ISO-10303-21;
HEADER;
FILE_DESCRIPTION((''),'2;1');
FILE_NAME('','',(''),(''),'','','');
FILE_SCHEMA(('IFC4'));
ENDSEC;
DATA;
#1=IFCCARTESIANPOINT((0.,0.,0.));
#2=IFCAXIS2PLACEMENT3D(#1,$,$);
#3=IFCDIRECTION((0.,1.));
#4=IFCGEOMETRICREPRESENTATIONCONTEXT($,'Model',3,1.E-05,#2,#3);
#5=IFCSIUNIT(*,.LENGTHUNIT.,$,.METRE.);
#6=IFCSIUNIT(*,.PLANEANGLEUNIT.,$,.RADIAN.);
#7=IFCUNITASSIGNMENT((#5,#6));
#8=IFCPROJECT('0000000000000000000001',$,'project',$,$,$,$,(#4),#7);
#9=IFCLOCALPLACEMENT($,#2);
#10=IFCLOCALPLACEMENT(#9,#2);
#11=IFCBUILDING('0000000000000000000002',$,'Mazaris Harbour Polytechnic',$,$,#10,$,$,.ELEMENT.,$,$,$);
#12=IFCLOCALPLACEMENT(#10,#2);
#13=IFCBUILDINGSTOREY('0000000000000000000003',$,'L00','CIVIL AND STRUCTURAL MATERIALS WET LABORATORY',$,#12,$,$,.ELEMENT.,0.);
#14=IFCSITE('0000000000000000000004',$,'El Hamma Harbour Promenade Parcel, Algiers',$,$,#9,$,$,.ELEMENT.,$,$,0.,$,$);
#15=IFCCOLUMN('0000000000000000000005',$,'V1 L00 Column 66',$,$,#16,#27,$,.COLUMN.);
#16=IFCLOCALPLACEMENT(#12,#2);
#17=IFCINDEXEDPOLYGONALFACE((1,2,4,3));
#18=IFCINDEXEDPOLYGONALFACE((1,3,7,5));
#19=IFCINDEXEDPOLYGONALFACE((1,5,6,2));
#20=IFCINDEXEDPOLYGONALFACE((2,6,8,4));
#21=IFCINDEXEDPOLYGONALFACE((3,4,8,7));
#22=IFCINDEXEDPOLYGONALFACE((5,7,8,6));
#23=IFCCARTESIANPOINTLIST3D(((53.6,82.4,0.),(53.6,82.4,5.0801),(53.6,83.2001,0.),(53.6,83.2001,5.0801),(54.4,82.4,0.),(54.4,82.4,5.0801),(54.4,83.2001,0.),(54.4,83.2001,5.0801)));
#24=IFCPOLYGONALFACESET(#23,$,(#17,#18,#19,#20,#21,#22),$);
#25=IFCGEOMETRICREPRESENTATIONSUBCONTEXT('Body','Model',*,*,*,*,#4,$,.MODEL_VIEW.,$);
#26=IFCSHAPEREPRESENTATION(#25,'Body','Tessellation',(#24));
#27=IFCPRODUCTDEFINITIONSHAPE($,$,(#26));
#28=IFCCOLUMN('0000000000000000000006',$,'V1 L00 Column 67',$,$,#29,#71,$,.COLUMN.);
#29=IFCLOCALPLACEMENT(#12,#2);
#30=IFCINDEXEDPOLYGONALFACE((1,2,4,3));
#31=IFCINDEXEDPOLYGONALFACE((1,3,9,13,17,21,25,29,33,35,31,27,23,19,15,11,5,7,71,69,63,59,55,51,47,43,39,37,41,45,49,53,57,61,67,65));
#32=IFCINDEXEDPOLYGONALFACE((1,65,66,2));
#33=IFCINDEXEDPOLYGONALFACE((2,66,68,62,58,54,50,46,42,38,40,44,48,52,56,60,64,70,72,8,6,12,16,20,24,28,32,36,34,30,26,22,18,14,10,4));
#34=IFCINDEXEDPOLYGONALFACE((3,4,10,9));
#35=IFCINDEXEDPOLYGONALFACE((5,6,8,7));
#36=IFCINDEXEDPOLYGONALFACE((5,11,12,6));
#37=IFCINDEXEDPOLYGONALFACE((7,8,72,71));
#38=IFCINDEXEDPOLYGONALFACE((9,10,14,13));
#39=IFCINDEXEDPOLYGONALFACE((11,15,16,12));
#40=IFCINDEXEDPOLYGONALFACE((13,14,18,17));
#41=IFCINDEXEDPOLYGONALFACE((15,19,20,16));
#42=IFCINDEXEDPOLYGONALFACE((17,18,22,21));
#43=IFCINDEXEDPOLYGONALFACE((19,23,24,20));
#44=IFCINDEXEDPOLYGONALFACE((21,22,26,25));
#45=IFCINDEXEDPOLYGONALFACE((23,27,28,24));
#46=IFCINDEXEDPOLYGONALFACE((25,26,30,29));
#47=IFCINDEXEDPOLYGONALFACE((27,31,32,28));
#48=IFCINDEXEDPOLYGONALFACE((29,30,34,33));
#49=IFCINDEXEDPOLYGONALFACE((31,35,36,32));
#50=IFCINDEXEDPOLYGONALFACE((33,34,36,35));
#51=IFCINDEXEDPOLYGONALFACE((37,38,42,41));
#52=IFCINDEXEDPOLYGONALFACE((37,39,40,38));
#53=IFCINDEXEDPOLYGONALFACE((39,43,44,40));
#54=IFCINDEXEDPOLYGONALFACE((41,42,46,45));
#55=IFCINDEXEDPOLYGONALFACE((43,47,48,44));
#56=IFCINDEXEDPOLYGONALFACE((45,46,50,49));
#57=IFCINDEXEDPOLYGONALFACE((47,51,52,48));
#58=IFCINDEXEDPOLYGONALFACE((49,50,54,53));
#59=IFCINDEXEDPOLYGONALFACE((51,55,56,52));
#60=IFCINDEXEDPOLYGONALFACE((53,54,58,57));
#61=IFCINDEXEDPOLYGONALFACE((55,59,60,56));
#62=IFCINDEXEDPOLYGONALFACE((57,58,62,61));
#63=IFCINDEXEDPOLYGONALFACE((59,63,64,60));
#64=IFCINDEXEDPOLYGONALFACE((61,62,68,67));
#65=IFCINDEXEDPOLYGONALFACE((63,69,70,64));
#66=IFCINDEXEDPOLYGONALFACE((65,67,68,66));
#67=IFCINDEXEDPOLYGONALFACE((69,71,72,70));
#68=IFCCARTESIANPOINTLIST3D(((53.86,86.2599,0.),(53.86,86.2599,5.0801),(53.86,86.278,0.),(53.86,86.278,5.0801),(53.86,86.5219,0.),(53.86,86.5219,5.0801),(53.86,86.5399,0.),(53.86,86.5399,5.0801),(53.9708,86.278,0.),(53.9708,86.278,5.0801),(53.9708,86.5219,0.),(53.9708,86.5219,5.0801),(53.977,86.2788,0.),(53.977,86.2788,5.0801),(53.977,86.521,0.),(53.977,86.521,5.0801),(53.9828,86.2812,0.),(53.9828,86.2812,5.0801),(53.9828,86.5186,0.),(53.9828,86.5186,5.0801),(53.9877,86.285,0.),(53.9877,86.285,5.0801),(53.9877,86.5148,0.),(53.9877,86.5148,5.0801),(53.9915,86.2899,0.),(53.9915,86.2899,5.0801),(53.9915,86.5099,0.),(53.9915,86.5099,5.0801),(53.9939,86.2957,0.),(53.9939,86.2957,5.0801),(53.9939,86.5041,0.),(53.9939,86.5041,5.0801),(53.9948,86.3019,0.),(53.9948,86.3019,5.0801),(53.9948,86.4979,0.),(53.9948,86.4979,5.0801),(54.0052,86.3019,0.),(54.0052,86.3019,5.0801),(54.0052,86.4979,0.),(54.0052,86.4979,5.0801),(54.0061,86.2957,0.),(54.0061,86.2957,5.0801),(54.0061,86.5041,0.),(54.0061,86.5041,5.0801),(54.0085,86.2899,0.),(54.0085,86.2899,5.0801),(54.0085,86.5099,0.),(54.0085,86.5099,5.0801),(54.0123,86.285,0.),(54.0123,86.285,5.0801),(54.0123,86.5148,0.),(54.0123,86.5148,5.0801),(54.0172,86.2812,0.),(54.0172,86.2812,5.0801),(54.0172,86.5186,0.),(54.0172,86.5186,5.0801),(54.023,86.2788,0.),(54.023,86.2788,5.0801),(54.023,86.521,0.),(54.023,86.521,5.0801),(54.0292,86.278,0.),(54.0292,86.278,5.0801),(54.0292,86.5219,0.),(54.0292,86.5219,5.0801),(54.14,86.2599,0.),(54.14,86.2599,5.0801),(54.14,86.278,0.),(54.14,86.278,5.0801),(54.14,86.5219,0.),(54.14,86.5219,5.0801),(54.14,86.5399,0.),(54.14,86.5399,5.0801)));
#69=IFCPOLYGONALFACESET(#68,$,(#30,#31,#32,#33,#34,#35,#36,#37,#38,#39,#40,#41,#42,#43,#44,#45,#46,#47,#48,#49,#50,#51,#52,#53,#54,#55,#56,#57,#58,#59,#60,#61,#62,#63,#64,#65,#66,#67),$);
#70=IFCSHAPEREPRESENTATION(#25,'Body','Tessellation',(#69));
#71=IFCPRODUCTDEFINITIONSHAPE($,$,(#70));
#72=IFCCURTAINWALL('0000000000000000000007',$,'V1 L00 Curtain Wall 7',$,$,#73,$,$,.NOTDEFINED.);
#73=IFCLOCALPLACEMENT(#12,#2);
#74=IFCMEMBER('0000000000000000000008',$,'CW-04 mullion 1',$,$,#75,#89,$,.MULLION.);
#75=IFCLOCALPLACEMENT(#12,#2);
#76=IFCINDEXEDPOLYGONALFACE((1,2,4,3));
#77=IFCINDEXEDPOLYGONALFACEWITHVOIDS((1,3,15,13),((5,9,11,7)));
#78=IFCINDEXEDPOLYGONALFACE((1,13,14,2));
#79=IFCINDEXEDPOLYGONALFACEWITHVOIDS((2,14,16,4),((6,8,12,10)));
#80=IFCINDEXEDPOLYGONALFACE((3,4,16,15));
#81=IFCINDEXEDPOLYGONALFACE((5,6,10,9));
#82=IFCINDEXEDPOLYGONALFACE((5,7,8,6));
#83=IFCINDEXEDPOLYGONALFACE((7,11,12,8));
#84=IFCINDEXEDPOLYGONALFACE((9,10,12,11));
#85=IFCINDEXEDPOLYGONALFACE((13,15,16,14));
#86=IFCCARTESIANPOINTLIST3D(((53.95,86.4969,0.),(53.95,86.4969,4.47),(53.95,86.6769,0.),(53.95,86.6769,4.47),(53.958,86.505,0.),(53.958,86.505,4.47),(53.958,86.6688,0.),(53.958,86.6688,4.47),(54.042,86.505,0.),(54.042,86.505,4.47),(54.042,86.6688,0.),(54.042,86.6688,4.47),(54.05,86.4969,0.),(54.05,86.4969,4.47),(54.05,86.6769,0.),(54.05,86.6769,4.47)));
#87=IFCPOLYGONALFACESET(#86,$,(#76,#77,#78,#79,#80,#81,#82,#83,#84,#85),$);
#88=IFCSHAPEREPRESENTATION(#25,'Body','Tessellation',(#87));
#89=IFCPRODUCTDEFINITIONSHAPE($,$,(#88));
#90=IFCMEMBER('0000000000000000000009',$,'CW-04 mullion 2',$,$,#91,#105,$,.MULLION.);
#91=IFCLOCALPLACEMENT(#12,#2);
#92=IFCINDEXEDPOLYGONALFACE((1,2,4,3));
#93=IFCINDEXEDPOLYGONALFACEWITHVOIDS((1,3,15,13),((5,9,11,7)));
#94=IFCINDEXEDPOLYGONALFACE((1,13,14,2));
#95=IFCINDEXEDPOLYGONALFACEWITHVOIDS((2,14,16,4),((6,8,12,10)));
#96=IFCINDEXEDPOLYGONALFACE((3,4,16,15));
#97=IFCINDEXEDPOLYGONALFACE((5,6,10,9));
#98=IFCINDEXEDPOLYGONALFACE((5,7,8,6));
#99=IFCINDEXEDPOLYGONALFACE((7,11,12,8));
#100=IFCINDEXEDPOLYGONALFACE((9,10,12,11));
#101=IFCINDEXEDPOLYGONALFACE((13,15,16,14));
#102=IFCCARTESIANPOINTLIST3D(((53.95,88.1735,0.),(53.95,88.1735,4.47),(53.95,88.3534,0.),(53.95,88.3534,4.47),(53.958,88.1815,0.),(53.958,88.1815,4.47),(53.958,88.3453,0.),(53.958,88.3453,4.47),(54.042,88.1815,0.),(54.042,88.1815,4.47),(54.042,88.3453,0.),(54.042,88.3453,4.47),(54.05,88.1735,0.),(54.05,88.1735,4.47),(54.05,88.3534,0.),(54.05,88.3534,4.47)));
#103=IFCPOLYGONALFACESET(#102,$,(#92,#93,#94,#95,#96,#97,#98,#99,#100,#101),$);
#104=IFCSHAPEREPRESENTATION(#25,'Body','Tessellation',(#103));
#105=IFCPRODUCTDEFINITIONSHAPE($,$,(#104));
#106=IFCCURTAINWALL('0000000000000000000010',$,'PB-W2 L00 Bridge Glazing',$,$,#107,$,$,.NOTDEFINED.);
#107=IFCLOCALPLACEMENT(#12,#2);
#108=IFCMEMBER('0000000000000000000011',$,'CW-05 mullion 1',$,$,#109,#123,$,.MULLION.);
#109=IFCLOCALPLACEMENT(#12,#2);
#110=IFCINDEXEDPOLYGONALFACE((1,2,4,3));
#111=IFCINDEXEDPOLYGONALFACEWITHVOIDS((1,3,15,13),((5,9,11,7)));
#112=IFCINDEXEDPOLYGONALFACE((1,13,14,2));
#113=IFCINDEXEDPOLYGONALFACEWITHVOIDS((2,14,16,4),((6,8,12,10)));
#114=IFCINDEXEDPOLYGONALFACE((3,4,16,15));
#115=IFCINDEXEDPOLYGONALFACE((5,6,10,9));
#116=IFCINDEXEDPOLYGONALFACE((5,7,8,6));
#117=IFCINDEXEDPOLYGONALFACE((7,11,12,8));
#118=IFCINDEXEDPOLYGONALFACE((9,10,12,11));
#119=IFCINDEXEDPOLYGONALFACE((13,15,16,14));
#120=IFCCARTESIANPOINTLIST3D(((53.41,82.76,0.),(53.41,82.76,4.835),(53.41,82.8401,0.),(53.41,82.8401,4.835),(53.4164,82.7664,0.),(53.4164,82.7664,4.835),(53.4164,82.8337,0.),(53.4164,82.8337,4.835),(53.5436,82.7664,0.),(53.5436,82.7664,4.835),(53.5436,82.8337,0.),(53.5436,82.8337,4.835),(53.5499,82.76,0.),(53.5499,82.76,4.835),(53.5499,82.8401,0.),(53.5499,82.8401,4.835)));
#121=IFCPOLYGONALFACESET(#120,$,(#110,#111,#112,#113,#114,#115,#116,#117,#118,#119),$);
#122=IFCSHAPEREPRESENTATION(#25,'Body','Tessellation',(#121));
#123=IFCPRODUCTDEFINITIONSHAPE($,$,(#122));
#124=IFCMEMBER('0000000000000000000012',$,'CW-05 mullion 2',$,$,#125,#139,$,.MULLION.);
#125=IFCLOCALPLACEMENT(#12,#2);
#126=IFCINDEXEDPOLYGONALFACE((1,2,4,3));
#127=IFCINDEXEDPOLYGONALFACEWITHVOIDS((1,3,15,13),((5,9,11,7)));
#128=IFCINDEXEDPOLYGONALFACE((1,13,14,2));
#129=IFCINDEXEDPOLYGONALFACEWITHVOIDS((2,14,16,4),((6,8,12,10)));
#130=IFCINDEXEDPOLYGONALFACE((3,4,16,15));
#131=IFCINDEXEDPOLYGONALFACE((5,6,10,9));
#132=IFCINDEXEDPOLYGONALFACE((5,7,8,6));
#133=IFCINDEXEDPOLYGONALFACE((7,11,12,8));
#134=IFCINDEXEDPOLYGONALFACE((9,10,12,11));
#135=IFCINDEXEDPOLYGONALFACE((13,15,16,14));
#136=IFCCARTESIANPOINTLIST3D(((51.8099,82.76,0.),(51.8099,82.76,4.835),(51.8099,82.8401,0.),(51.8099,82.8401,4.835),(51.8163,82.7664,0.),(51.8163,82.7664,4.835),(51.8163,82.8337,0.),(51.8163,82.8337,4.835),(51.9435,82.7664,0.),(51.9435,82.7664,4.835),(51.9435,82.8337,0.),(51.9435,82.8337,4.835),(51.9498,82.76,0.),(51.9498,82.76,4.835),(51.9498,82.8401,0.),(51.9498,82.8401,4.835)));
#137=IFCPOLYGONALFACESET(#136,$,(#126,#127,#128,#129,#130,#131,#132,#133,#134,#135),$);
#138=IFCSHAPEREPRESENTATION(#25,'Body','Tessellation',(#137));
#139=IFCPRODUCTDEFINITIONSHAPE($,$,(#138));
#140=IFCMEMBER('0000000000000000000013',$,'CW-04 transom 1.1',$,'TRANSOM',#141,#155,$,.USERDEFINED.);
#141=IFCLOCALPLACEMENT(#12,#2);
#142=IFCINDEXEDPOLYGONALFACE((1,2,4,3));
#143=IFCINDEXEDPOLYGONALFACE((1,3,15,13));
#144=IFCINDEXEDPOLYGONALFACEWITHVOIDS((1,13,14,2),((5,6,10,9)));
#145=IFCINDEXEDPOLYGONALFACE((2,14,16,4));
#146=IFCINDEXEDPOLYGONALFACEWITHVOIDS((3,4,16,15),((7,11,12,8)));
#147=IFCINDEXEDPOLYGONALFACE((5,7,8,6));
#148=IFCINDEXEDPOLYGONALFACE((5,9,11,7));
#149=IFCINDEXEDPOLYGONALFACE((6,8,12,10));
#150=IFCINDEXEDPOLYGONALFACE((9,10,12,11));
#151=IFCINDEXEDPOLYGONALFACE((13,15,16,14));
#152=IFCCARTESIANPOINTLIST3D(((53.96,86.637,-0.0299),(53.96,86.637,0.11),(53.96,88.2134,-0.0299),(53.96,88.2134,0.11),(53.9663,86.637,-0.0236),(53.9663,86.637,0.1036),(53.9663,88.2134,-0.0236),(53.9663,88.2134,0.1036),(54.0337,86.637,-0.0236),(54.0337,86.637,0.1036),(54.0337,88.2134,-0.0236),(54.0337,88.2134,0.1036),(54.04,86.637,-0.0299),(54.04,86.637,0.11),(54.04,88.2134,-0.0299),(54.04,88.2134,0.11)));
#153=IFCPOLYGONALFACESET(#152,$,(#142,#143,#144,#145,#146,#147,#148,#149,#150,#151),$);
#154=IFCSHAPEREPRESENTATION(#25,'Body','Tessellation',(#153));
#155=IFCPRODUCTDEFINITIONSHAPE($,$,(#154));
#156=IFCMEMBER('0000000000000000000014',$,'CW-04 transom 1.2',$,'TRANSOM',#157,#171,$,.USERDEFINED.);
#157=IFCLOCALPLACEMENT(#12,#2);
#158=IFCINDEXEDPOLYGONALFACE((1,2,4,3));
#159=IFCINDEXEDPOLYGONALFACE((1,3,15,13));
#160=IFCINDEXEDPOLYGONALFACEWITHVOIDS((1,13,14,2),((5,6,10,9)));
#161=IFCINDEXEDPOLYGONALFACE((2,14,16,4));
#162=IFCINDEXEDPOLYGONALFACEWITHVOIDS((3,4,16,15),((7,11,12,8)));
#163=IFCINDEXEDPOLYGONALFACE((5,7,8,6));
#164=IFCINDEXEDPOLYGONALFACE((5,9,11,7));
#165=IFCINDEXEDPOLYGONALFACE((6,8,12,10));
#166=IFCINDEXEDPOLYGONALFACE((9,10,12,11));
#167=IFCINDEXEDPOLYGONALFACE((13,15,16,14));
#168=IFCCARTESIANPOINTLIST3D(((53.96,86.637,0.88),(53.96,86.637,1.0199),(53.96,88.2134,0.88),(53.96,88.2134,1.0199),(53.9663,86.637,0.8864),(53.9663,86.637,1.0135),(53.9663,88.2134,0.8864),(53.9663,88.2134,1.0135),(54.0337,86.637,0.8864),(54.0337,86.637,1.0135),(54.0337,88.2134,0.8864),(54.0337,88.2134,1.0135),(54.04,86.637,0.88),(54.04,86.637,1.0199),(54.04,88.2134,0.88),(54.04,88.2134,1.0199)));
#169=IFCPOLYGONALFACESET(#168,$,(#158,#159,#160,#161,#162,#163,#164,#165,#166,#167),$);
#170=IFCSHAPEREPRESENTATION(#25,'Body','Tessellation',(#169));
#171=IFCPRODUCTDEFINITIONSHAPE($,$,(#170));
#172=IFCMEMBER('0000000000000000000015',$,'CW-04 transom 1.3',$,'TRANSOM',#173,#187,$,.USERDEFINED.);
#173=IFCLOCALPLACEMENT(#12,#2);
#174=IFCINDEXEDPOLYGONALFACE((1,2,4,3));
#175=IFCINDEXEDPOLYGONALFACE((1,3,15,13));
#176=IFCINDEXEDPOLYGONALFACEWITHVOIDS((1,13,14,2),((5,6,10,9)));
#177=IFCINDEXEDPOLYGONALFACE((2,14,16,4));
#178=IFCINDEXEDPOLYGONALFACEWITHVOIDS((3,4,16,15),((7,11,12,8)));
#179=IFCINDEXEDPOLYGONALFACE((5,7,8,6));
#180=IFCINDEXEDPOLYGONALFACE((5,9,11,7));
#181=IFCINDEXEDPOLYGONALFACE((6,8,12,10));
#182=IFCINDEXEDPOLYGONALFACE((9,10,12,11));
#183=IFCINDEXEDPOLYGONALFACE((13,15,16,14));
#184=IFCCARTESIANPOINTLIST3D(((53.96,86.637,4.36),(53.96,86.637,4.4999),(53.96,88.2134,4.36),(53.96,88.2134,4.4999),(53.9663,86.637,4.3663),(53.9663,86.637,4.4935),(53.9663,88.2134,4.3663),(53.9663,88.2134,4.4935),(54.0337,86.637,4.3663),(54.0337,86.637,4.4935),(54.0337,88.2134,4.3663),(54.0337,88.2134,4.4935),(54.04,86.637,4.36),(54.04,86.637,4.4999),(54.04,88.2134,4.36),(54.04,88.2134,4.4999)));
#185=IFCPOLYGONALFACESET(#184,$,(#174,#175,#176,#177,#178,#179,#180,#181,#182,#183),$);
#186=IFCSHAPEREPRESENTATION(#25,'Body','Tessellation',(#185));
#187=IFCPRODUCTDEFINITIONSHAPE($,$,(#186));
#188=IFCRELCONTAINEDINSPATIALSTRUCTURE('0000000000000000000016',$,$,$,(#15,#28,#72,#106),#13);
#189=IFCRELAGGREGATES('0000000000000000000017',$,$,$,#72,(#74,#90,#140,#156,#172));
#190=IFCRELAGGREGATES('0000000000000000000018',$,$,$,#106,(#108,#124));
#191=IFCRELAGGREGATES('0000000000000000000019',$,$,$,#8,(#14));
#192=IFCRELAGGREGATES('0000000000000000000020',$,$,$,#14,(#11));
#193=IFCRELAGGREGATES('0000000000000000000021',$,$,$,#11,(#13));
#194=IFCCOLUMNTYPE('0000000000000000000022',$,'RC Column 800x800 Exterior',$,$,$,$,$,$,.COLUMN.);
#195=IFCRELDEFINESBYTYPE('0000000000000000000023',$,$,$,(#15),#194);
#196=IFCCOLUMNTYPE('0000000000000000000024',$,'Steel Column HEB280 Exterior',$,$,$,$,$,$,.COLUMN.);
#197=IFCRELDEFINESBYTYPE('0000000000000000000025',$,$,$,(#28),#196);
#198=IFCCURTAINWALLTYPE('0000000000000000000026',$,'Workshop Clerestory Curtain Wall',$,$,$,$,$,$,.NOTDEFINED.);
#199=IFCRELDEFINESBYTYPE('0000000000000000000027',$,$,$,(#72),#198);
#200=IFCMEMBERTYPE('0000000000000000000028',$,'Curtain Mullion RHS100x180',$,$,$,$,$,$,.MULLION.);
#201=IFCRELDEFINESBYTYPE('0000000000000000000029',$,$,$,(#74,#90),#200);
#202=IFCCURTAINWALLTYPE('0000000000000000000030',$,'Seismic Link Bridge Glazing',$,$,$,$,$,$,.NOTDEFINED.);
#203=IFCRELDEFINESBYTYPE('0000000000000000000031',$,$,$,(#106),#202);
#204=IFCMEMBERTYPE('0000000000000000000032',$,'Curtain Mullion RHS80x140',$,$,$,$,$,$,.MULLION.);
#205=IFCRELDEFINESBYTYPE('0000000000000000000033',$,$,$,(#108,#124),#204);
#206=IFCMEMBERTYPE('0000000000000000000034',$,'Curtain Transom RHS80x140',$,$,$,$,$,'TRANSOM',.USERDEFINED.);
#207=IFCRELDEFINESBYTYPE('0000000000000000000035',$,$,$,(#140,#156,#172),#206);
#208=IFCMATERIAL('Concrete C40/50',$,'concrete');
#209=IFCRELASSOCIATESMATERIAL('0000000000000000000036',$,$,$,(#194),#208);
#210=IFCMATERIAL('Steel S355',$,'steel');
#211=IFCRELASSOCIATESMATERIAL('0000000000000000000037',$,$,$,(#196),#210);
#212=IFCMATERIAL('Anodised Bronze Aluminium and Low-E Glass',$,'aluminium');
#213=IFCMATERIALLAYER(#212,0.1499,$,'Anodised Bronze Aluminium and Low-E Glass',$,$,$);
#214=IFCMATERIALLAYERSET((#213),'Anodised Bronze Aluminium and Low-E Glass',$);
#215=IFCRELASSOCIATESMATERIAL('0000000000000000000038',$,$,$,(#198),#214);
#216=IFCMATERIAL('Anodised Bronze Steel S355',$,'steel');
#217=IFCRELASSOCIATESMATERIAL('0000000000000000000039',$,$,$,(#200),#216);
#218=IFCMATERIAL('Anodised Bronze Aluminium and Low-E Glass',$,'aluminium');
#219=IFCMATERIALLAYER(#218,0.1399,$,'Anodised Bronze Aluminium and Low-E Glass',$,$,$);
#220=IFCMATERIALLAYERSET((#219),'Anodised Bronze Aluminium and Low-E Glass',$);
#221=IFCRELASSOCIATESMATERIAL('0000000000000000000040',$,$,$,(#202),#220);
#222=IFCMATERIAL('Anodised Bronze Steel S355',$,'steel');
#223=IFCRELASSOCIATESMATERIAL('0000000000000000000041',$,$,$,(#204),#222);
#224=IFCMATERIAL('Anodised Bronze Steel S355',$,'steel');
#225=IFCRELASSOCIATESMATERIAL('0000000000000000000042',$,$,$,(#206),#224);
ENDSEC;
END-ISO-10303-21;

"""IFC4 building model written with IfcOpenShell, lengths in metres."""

from ifc_helpers import new_model, si_unit, direction, frame, origin, origin_2d, place, context, subcontext, project, spatial, rectangle, hollow_rectangle, i_section, extrude, material, layer, layer_set, material_profile, profile_set, type_object, element, aggregate, save


model = new_model("IFC4")

# Units and contexts
model_context = context("Model", 3, precision=1e-05, world=origin(), true_north=direction((0.0, 1.0)))
body_context = subcontext(model_context, "Body", "Model", "MODEL_VIEW")
ifc_project = project(units=[si_unit("LENGTHUNIT", "METRE"), si_unit("PLANEANGLEUNIT", "RADIAN")], contexts=[model_context])

# Site, building, storey
site_placement = place(None, origin())
site = spatial("IfcSite", under=ifc_project, at=site_placement, Name="El Hamma Harbour Promenade Parcel, Algiers", CompositionType="ELEMENT", RefElevation=0.0)
building_placement = place(site_placement, origin())
building = spatial("IfcBuilding", under=site, at=building_placement, Name="Mazaris Harbour Polytechnic", CompositionType="ELEMENT")
storey_placement = place(building_placement, origin())
storey = spatial("IfcBuildingStorey", under=building, at=storey_placement, Name="L00", Description="CIVIL AND STRUCTURAL MATERIALS WET LABORATORY", CompositionType="ELEMENT", Elevation=0.0)

# Columns
ifc_material_1 = material(Name="Concrete C40/50", Category="concrete")
ifc_material_profile_1 = material_profile(ifc_material_1, rectangle(XDim=0.8, YDim=0.8, at=origin_2d()), Name="RECT800x800")
ifc_profile_set_1 = profile_set([ifc_material_profile_1], Name="Concrete C40/50")
column_type_1 = type_object("IfcColumnType", Name="RC Column 800x800 Exterior", PredefinedType="COLUMN", material=ifc_profile_set_1)
column_1_placement = place(storey_placement, frame((54.0, 82.8, 0.0), z_axis=(0.0, 0.0, 1.0), x_axis=(1.0, 0.0, 0.0)))
element("IfcColumn", 1, at=column_1_placement, inside=storey, type_object=column_type_1, Name="V1 L00 Column 66", PredefinedType="COLUMN", context=body_context, shape_type="SweptSolid", body=[
    extrude(rectangle(XDim=0.8, YDim=0.8, at=origin_2d()), origin(), (0.0, 0.0, 1.0), 5.0801),
])
ifc_material_2 = material(Name="Steel S355", Category="steel")
ifc_material_profile_2 = material_profile(ifc_material_2, i_section(OverallWidth=0.28, OverallDepth=0.28, WebThickness=0.0105, FlangeThickness=0.0181, FilletRadius=0.0239, at=origin_2d()), Name="HEB 280")
ifc_profile_set_2 = profile_set([ifc_material_profile_2], Name="Steel S355")
column_type_2 = type_object("IfcColumnType", Name="Steel Column HEB280 Exterior", PredefinedType="COLUMN", material=ifc_profile_set_2)
column_2_placement = place(storey_placement, frame((54.0, 86.3999, 0.0), z_axis=(0.0, 0.0, 1.0), x_axis=(1.0, 0.0, 0.0)))
element("IfcColumn", 2, at=column_2_placement, inside=storey, type_object=column_type_2, Name="V1 L00 Column 67", PredefinedType="COLUMN", context=body_context, shape_type="SweptSolid", body=[
    extrude(i_section(OverallWidth=0.28, OverallDepth=0.28, WebThickness=0.0105, FlangeThickness=0.0181, FilletRadius=0.0239, at=origin_2d()), origin(), (0.0, 0.0, 1.0), 5.0801),
])

# Curtain walls, members
ifc_material_3 = material(Name="Anodised Bronze Aluminium and Low-E Glass", Category="aluminium")
ifc_layer_1 = layer(ifc_material_3, 0.1499, Name="Anodised Bronze Aluminium and Low-E Glass")
ifc_layer_set_1 = layer_set([ifc_layer_1], Name="Anodised Bronze Aluminium and Low-E Glass")
curtain_wall_type_1 = type_object("IfcCurtainWallType", Name="Workshop Clerestory Curtain Wall", PredefinedType="NOTDEFINED", material=ifc_layer_set_1)
curtain_wall_1_placement = place(storey_placement, origin())
curtain_wall_1 = element("IfcCurtainWall", 3, at=curtain_wall_1_placement, inside=storey, type_object=curtain_wall_type_1, Name="V1 L00 Curtain Wall 7", PredefinedType="NOTDEFINED")
ifc_material_4 = material(Name="Anodised Bronze Steel S355", Category="steel")
ifc_material_profile_3 = material_profile(ifc_material_4, hollow_rectangle(XDim=0.1001, YDim=0.1799, WallThickness=0.0081, at=origin_2d()), Name="RHS 100x180x8.0")
ifc_profile_set_3 = profile_set([ifc_material_profile_3], Name="Anodised Bronze Steel S355")
member_type_1 = type_object("IfcMemberType", Name="Curtain Mullion RHS100x180", PredefinedType="MULLION", material=ifc_profile_set_3)
member_1_placement = place(storey_placement, frame((54.0, 86.5869, 0.0), z_axis=(0.0, 0.0, 1.0), x_axis=(-1.0, 0.0, 0.0)))
member_1 = element("IfcMember", 4, at=member_1_placement, type_object=member_type_1, Name="CW-04 mullion 1", PredefinedType="MULLION", context=body_context, shape_type="SweptSolid", body=[
    extrude(hollow_rectangle(XDim=0.1001, YDim=0.1799, WallThickness=0.0081, at=origin_2d()), origin(), (0.0, 0.0, 1.0), 4.47),
])
member_2_placement = place(storey_placement, frame((54.0, 88.2634, 0.0), z_axis=(0.0, 0.0, 1.0), x_axis=(-1.0, 0.0, 0.0)))
member_2 = element("IfcMember", 5, at=member_2_placement, type_object=member_type_1, Name="CW-04 mullion 2", PredefinedType="MULLION", context=body_context, shape_type="SweptSolid", body=[
    extrude(hollow_rectangle(XDim=0.1001, YDim=0.1799, WallThickness=0.0081, at=origin_2d()), origin(), (0.0, 0.0, 1.0), 4.47),
])
ifc_material_5 = material(Name="Anodised Bronze Aluminium and Low-E Glass", Category="aluminium")
ifc_layer_2 = layer(ifc_material_5, 0.1399, Name="Anodised Bronze Aluminium and Low-E Glass")
ifc_layer_set_2 = layer_set([ifc_layer_2], Name="Anodised Bronze Aluminium and Low-E Glass")
curtain_wall_type_2 = type_object("IfcCurtainWallType", Name="Seismic Link Bridge Glazing", PredefinedType="NOTDEFINED", material=ifc_layer_set_2)
curtain_wall_2_placement = place(storey_placement, origin())
curtain_wall_2 = element("IfcCurtainWall", 6, at=curtain_wall_2_placement, inside=storey, type_object=curtain_wall_type_2, Name="PB-W2 L00 Bridge Glazing", PredefinedType="NOTDEFINED")
ifc_material_6 = material(Name="Anodised Bronze Steel S355", Category="steel")
ifc_material_profile_4 = material_profile(ifc_material_6, hollow_rectangle(XDim=0.0801, YDim=0.1399, WallThickness=0.0063, at=origin_2d()), Name="RHS 80x140x6.3")
ifc_profile_set_4 = profile_set([ifc_material_profile_4], Name="Anodised Bronze Steel S355")
member_type_2 = type_object("IfcMemberType", Name="Curtain Mullion RHS80x140", PredefinedType="MULLION", material=ifc_profile_set_4)
member_3_placement = place(storey_placement, frame((53.48, 82.8, 0.0), z_axis=(0.0, 0.0, 1.0), x_axis=(0.0, -1.0, 0.0)))
member_3 = element("IfcMember", 7, at=member_3_placement, type_object=member_type_2, Name="CW-05 mullion 1", PredefinedType="MULLION", context=body_context, shape_type="SweptSolid", body=[
    extrude(hollow_rectangle(XDim=0.0801, YDim=0.1399, WallThickness=0.0063, at=origin_2d()), origin(), (0.0, 0.0, 1.0), 4.835),
])
member_4_placement = place(storey_placement, frame((51.8799, 82.8, 0.0), z_axis=(0.0, 0.0, 1.0), x_axis=(0.0, -1.0, 0.0)))
member_4 = element("IfcMember", 8, at=member_4_placement, type_object=member_type_2, Name="CW-05 mullion 2", PredefinedType="MULLION", context=body_context, shape_type="SweptSolid", body=[
    extrude(hollow_rectangle(XDim=0.0801, YDim=0.1399, WallThickness=0.0063, at=origin_2d()), origin(), (0.0, 0.0, 1.0), 4.835),
])

# Members
ifc_material_7 = material(Name="Anodised Bronze Steel S355", Category="steel")
ifc_material_profile_5 = material_profile(ifc_material_7, hollow_rectangle(XDim=0.0801, YDim=0.1399, WallThickness=0.0063, at=origin_2d()), Name="RHS 80x140x6.3")
ifc_profile_set_5 = profile_set([ifc_material_profile_5], Name="Anodised Bronze Steel S355")
member_type_3 = type_object("IfcMemberType", Name="Curtain Transom RHS80x140", ElementType="TRANSOM", PredefinedType="USERDEFINED", material=ifc_profile_set_5)
member_5_placement = place(storey_placement, frame((54.0, 86.637, 0.04), z_axis=(0.0, 1.0, 0.0), x_axis=(-1.0, 0.0, 0.0)))
member_5 = element("IfcMember", 9, at=member_5_placement, type_object=member_type_3, Name="CW-04 transom 1.1", ObjectType="TRANSOM", PredefinedType="USERDEFINED", context=body_context, shape_type="SweptSolid", body=[
    extrude(hollow_rectangle(XDim=0.0801, YDim=0.1399, WallThickness=0.0063, at=origin_2d()), origin(), (0.0, 0.0, 1.0), 1.5764),
])
member_6_placement = place(storey_placement, frame((54.0, 86.637, 0.95), z_axis=(0.0, 1.0, 0.0), x_axis=(-1.0, 0.0, 0.0)))
member_6 = element("IfcMember", 10, at=member_6_placement, type_object=member_type_3, Name="CW-04 transom 1.2", ObjectType="TRANSOM", PredefinedType="USERDEFINED", context=body_context, shape_type="SweptSolid", body=[
    extrude(hollow_rectangle(XDim=0.0801, YDim=0.1399, WallThickness=0.0063, at=origin_2d()), origin(), (0.0, 0.0, 1.0), 1.5764),
])
member_7_placement = place(storey_placement, frame((54.0, 86.637, 4.4299), z_axis=(0.0, 1.0, 0.0), x_axis=(-1.0, 0.0, 0.0)))
member_7 = element("IfcMember", 11, at=member_7_placement, type_object=member_type_3, Name="CW-04 transom 1.3", ObjectType="TRANSOM", PredefinedType="USERDEFINED", context=body_context, shape_type="SweptSolid", body=[
    extrude(hollow_rectangle(XDim=0.0801, YDim=0.1399, WallThickness=0.0063, at=origin_2d()), origin(), (0.0, 0.0, 1.0), 1.5764),
])

aggregate(curtain_wall_1, [member_1, member_2, member_5, member_6, member_7])
aggregate(curtain_wall_2, [member_3, member_4])

save(model, "model.ifc")
